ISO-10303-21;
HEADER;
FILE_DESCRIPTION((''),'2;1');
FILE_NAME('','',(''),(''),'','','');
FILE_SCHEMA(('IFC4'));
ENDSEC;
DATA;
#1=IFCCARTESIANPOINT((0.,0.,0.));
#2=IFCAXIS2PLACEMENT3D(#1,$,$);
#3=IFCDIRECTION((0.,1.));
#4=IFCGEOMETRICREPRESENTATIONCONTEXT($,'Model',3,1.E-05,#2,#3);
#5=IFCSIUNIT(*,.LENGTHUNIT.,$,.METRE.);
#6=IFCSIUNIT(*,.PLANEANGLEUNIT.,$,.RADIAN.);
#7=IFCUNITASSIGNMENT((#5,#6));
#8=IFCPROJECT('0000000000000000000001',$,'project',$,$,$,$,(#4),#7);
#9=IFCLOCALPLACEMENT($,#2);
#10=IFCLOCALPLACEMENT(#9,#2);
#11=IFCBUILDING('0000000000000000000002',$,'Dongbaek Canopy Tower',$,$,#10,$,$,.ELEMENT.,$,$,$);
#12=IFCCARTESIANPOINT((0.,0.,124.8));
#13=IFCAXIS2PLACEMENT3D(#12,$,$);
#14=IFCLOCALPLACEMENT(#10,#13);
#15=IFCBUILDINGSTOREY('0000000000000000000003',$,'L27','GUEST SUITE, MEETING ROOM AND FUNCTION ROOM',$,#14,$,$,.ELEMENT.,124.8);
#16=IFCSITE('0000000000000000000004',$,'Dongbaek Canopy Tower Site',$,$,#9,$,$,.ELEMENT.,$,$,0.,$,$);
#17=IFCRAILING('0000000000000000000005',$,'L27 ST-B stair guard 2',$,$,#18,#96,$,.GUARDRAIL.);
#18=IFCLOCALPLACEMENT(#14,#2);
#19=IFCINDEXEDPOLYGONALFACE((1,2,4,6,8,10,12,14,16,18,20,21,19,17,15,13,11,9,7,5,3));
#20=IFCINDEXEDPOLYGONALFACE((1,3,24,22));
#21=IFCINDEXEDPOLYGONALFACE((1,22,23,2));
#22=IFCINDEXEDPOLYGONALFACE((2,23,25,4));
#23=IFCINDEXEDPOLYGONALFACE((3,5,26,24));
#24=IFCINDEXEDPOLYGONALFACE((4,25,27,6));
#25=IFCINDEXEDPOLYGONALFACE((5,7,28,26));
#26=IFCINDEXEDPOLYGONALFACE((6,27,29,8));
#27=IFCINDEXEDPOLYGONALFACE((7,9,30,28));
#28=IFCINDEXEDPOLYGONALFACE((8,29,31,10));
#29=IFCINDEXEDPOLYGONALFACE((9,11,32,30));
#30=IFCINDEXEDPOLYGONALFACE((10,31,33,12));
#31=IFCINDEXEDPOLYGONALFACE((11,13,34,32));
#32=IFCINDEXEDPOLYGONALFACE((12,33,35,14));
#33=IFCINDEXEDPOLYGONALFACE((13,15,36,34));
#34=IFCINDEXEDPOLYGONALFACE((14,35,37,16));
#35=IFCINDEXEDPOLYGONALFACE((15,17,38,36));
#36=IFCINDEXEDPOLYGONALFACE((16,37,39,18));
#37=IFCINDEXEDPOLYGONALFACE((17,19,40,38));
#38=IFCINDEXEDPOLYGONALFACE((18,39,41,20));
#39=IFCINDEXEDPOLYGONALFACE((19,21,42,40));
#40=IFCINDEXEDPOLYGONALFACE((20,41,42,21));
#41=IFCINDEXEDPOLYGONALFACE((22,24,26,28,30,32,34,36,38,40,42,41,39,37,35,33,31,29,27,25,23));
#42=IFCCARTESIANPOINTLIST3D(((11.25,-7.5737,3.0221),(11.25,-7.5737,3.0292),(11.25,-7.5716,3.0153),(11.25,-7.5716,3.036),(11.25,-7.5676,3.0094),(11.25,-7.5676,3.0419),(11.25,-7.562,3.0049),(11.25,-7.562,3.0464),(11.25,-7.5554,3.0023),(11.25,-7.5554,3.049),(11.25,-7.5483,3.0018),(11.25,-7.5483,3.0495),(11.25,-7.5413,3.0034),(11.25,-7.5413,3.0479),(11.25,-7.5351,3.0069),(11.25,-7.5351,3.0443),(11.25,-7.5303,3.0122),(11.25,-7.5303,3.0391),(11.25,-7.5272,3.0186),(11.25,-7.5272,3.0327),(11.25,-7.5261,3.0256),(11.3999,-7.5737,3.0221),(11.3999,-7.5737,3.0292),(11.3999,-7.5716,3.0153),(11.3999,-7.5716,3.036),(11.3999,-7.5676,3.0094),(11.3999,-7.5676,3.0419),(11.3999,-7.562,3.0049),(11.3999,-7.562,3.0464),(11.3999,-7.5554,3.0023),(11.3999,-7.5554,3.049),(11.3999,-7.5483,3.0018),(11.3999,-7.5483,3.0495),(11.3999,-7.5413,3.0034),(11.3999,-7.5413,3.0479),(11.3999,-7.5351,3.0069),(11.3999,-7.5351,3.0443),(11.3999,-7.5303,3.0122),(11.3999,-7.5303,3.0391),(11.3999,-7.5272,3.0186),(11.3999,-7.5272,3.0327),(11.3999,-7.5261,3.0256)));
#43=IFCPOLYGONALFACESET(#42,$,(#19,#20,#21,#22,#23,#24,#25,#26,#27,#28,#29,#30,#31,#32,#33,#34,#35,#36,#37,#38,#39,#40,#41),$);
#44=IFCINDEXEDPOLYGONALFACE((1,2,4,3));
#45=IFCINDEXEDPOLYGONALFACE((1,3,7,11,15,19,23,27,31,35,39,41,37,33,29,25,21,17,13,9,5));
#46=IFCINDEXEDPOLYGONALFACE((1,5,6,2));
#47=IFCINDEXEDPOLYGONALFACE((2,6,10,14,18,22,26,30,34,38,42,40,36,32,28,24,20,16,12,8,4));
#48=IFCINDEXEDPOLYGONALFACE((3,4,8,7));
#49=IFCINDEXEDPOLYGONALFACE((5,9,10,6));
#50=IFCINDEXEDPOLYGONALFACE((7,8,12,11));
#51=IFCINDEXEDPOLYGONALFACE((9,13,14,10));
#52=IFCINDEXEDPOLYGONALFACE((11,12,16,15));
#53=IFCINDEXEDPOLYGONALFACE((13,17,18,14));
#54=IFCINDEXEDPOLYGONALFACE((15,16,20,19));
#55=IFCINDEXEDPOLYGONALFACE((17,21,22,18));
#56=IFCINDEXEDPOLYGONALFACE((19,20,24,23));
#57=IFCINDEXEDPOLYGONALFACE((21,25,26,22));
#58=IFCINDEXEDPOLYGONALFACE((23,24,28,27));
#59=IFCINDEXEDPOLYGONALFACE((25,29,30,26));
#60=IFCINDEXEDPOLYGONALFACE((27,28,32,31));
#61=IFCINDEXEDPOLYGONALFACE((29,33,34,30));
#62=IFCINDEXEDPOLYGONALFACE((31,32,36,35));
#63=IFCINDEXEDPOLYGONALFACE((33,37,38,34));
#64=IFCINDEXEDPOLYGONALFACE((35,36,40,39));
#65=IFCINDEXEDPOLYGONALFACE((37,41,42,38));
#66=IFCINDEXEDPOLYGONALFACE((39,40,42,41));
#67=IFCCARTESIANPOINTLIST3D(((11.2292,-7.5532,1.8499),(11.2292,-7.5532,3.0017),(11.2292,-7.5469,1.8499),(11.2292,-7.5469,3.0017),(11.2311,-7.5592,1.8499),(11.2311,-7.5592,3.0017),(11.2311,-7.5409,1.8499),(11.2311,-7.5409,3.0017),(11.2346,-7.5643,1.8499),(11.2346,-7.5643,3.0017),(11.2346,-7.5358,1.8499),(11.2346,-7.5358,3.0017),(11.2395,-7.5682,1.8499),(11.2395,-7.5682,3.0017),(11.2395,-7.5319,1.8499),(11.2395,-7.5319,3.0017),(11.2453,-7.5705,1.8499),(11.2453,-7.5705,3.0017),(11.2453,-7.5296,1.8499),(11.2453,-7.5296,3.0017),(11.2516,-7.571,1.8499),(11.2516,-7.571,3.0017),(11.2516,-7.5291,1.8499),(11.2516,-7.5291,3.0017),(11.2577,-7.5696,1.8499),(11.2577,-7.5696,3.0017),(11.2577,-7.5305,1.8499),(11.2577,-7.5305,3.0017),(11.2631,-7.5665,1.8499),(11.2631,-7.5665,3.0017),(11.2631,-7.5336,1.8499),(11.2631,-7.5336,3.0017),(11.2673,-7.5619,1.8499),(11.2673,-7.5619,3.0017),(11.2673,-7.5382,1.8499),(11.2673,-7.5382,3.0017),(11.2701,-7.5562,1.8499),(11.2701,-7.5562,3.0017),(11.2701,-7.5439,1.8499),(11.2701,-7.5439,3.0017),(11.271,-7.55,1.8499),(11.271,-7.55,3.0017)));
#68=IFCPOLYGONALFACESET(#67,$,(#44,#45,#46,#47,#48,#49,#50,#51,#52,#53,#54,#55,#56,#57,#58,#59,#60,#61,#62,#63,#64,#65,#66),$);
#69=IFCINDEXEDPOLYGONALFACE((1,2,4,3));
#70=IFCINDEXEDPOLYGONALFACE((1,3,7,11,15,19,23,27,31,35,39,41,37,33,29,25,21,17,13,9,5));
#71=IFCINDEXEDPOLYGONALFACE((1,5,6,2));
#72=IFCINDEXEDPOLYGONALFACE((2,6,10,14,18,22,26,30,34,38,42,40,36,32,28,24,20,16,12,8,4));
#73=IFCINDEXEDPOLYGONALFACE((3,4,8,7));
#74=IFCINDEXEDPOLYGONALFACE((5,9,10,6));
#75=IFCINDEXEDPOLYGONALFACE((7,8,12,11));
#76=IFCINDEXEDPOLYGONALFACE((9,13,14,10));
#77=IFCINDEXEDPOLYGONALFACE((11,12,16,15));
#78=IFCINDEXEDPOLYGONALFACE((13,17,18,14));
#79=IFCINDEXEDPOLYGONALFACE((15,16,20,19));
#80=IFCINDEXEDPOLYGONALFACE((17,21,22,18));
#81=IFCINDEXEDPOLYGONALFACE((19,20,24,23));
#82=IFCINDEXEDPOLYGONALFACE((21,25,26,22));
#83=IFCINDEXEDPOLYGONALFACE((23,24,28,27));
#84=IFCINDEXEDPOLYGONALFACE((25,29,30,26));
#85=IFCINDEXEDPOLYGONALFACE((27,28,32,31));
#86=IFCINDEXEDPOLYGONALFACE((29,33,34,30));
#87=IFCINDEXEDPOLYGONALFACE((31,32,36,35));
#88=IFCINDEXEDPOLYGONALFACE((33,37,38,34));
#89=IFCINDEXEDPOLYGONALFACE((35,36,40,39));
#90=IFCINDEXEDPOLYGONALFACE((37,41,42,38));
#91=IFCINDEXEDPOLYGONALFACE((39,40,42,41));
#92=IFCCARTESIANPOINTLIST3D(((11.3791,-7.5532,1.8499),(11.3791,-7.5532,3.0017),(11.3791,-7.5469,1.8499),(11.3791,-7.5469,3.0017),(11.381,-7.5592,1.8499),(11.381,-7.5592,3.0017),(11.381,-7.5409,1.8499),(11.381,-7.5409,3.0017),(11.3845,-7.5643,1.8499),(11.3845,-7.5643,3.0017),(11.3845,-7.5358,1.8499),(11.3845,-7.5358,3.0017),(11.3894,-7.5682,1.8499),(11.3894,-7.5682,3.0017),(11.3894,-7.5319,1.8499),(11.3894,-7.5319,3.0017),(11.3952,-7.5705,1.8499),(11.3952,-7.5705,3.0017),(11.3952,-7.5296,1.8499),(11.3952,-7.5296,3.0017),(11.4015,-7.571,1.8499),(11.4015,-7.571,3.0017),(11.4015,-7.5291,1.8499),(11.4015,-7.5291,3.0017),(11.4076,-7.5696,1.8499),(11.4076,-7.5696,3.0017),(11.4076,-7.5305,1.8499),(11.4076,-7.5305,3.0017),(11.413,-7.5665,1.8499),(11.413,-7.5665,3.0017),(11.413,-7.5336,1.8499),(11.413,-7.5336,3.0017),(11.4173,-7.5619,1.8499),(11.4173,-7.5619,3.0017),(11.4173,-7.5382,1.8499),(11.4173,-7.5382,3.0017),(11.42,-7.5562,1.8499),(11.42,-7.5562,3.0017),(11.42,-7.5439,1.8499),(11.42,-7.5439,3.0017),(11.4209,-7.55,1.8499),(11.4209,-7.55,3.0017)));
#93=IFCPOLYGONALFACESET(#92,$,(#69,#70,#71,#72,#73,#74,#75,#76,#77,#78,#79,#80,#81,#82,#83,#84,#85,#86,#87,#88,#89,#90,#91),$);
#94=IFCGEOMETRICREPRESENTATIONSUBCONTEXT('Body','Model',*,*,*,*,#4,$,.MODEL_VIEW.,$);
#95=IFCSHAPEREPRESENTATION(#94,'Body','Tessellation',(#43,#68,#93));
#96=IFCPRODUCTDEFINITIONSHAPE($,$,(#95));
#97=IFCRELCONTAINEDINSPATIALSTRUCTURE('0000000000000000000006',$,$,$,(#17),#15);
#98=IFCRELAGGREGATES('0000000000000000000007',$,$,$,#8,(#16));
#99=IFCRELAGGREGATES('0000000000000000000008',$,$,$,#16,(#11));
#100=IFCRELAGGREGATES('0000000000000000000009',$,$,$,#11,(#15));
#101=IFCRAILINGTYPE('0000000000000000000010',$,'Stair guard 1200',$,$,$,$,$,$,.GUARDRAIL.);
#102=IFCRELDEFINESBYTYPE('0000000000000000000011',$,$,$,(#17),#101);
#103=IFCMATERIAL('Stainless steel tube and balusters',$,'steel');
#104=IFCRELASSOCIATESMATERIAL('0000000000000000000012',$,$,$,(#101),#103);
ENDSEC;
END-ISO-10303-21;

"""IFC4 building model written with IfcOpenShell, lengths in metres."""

from ifc_helpers import new_model, si_unit, direction, frame, origin, origin_2d, place, context, subcontext, project, spatial, circle, extrude, material, type_object, element, save


model = new_model("IFC4")

# Units and contexts
model_context = context("Model", 3, precision=1e-05, world=origin(), true_north=direction((0.0, 1.0)))
body_context = subcontext(model_context, "Body", "Model", "MODEL_VIEW")
ifc_project = project(units=[si_unit("LENGTHUNIT", "METRE"), si_unit("PLANEANGLEUNIT", "RADIAN")], contexts=[model_context])

# Site, building, storey
site_placement = place(None, origin())
site = spatial("IfcSite", under=ifc_project, at=site_placement, Name="Dongbaek Canopy Tower Site", CompositionType="ELEMENT", RefElevation=0.0)
building_placement = place(site_placement, origin())
building = spatial("IfcBuilding", under=site, at=building_placement, Name="Dongbaek Canopy Tower", CompositionType="ELEMENT")
storey_placement = place(building_placement, frame((0.0, 0.0, 124.8)))
storey = spatial("IfcBuildingStorey", under=building, at=storey_placement, Name="L27", Description="GUEST SUITE, MEETING ROOM AND FUNCTION ROOM", CompositionType="ELEMENT", Elevation=124.8)

# Railing
ifc_material_1 = material(Name="Stainless steel tube and balusters", Category="steel")
railing_type_1 = type_object("IfcRailingType", Name="Stair guard 1200", PredefinedType="GUARDRAIL", material=ifc_material_1)
railing_1_placement = place(storey_placement, frame((11.25, -7.55, 1.8499)))
element("IfcRailing", 1, at=railing_1_placement, inside=storey, type_object=railing_type_1, Name="L27 ST-B stair guard 2", PredefinedType="GUARDRAIL", context=body_context, shape_type="SweptSolid", body=[
    extrude(circle(Radius=0.0239, at=origin_2d()), frame((0.0, 0.0, 1.1758), z_axis=(1.0, 0.0, 0.0), x_axis=(0.0, 1.0, 0.0)), (0.0, 0.0, 1.0), 0.1499),
    extrude(circle(Radius=0.021, at=origin_2d()), origin(), (0.0, 0.0, 1.0), 1.1519),
    extrude(circle(Radius=0.021, at=origin_2d()), frame((0.1499, 0.0, 0.0)), (0.0, 0.0, 1.0), 1.1519),
])

save(model, "model.ifc")
